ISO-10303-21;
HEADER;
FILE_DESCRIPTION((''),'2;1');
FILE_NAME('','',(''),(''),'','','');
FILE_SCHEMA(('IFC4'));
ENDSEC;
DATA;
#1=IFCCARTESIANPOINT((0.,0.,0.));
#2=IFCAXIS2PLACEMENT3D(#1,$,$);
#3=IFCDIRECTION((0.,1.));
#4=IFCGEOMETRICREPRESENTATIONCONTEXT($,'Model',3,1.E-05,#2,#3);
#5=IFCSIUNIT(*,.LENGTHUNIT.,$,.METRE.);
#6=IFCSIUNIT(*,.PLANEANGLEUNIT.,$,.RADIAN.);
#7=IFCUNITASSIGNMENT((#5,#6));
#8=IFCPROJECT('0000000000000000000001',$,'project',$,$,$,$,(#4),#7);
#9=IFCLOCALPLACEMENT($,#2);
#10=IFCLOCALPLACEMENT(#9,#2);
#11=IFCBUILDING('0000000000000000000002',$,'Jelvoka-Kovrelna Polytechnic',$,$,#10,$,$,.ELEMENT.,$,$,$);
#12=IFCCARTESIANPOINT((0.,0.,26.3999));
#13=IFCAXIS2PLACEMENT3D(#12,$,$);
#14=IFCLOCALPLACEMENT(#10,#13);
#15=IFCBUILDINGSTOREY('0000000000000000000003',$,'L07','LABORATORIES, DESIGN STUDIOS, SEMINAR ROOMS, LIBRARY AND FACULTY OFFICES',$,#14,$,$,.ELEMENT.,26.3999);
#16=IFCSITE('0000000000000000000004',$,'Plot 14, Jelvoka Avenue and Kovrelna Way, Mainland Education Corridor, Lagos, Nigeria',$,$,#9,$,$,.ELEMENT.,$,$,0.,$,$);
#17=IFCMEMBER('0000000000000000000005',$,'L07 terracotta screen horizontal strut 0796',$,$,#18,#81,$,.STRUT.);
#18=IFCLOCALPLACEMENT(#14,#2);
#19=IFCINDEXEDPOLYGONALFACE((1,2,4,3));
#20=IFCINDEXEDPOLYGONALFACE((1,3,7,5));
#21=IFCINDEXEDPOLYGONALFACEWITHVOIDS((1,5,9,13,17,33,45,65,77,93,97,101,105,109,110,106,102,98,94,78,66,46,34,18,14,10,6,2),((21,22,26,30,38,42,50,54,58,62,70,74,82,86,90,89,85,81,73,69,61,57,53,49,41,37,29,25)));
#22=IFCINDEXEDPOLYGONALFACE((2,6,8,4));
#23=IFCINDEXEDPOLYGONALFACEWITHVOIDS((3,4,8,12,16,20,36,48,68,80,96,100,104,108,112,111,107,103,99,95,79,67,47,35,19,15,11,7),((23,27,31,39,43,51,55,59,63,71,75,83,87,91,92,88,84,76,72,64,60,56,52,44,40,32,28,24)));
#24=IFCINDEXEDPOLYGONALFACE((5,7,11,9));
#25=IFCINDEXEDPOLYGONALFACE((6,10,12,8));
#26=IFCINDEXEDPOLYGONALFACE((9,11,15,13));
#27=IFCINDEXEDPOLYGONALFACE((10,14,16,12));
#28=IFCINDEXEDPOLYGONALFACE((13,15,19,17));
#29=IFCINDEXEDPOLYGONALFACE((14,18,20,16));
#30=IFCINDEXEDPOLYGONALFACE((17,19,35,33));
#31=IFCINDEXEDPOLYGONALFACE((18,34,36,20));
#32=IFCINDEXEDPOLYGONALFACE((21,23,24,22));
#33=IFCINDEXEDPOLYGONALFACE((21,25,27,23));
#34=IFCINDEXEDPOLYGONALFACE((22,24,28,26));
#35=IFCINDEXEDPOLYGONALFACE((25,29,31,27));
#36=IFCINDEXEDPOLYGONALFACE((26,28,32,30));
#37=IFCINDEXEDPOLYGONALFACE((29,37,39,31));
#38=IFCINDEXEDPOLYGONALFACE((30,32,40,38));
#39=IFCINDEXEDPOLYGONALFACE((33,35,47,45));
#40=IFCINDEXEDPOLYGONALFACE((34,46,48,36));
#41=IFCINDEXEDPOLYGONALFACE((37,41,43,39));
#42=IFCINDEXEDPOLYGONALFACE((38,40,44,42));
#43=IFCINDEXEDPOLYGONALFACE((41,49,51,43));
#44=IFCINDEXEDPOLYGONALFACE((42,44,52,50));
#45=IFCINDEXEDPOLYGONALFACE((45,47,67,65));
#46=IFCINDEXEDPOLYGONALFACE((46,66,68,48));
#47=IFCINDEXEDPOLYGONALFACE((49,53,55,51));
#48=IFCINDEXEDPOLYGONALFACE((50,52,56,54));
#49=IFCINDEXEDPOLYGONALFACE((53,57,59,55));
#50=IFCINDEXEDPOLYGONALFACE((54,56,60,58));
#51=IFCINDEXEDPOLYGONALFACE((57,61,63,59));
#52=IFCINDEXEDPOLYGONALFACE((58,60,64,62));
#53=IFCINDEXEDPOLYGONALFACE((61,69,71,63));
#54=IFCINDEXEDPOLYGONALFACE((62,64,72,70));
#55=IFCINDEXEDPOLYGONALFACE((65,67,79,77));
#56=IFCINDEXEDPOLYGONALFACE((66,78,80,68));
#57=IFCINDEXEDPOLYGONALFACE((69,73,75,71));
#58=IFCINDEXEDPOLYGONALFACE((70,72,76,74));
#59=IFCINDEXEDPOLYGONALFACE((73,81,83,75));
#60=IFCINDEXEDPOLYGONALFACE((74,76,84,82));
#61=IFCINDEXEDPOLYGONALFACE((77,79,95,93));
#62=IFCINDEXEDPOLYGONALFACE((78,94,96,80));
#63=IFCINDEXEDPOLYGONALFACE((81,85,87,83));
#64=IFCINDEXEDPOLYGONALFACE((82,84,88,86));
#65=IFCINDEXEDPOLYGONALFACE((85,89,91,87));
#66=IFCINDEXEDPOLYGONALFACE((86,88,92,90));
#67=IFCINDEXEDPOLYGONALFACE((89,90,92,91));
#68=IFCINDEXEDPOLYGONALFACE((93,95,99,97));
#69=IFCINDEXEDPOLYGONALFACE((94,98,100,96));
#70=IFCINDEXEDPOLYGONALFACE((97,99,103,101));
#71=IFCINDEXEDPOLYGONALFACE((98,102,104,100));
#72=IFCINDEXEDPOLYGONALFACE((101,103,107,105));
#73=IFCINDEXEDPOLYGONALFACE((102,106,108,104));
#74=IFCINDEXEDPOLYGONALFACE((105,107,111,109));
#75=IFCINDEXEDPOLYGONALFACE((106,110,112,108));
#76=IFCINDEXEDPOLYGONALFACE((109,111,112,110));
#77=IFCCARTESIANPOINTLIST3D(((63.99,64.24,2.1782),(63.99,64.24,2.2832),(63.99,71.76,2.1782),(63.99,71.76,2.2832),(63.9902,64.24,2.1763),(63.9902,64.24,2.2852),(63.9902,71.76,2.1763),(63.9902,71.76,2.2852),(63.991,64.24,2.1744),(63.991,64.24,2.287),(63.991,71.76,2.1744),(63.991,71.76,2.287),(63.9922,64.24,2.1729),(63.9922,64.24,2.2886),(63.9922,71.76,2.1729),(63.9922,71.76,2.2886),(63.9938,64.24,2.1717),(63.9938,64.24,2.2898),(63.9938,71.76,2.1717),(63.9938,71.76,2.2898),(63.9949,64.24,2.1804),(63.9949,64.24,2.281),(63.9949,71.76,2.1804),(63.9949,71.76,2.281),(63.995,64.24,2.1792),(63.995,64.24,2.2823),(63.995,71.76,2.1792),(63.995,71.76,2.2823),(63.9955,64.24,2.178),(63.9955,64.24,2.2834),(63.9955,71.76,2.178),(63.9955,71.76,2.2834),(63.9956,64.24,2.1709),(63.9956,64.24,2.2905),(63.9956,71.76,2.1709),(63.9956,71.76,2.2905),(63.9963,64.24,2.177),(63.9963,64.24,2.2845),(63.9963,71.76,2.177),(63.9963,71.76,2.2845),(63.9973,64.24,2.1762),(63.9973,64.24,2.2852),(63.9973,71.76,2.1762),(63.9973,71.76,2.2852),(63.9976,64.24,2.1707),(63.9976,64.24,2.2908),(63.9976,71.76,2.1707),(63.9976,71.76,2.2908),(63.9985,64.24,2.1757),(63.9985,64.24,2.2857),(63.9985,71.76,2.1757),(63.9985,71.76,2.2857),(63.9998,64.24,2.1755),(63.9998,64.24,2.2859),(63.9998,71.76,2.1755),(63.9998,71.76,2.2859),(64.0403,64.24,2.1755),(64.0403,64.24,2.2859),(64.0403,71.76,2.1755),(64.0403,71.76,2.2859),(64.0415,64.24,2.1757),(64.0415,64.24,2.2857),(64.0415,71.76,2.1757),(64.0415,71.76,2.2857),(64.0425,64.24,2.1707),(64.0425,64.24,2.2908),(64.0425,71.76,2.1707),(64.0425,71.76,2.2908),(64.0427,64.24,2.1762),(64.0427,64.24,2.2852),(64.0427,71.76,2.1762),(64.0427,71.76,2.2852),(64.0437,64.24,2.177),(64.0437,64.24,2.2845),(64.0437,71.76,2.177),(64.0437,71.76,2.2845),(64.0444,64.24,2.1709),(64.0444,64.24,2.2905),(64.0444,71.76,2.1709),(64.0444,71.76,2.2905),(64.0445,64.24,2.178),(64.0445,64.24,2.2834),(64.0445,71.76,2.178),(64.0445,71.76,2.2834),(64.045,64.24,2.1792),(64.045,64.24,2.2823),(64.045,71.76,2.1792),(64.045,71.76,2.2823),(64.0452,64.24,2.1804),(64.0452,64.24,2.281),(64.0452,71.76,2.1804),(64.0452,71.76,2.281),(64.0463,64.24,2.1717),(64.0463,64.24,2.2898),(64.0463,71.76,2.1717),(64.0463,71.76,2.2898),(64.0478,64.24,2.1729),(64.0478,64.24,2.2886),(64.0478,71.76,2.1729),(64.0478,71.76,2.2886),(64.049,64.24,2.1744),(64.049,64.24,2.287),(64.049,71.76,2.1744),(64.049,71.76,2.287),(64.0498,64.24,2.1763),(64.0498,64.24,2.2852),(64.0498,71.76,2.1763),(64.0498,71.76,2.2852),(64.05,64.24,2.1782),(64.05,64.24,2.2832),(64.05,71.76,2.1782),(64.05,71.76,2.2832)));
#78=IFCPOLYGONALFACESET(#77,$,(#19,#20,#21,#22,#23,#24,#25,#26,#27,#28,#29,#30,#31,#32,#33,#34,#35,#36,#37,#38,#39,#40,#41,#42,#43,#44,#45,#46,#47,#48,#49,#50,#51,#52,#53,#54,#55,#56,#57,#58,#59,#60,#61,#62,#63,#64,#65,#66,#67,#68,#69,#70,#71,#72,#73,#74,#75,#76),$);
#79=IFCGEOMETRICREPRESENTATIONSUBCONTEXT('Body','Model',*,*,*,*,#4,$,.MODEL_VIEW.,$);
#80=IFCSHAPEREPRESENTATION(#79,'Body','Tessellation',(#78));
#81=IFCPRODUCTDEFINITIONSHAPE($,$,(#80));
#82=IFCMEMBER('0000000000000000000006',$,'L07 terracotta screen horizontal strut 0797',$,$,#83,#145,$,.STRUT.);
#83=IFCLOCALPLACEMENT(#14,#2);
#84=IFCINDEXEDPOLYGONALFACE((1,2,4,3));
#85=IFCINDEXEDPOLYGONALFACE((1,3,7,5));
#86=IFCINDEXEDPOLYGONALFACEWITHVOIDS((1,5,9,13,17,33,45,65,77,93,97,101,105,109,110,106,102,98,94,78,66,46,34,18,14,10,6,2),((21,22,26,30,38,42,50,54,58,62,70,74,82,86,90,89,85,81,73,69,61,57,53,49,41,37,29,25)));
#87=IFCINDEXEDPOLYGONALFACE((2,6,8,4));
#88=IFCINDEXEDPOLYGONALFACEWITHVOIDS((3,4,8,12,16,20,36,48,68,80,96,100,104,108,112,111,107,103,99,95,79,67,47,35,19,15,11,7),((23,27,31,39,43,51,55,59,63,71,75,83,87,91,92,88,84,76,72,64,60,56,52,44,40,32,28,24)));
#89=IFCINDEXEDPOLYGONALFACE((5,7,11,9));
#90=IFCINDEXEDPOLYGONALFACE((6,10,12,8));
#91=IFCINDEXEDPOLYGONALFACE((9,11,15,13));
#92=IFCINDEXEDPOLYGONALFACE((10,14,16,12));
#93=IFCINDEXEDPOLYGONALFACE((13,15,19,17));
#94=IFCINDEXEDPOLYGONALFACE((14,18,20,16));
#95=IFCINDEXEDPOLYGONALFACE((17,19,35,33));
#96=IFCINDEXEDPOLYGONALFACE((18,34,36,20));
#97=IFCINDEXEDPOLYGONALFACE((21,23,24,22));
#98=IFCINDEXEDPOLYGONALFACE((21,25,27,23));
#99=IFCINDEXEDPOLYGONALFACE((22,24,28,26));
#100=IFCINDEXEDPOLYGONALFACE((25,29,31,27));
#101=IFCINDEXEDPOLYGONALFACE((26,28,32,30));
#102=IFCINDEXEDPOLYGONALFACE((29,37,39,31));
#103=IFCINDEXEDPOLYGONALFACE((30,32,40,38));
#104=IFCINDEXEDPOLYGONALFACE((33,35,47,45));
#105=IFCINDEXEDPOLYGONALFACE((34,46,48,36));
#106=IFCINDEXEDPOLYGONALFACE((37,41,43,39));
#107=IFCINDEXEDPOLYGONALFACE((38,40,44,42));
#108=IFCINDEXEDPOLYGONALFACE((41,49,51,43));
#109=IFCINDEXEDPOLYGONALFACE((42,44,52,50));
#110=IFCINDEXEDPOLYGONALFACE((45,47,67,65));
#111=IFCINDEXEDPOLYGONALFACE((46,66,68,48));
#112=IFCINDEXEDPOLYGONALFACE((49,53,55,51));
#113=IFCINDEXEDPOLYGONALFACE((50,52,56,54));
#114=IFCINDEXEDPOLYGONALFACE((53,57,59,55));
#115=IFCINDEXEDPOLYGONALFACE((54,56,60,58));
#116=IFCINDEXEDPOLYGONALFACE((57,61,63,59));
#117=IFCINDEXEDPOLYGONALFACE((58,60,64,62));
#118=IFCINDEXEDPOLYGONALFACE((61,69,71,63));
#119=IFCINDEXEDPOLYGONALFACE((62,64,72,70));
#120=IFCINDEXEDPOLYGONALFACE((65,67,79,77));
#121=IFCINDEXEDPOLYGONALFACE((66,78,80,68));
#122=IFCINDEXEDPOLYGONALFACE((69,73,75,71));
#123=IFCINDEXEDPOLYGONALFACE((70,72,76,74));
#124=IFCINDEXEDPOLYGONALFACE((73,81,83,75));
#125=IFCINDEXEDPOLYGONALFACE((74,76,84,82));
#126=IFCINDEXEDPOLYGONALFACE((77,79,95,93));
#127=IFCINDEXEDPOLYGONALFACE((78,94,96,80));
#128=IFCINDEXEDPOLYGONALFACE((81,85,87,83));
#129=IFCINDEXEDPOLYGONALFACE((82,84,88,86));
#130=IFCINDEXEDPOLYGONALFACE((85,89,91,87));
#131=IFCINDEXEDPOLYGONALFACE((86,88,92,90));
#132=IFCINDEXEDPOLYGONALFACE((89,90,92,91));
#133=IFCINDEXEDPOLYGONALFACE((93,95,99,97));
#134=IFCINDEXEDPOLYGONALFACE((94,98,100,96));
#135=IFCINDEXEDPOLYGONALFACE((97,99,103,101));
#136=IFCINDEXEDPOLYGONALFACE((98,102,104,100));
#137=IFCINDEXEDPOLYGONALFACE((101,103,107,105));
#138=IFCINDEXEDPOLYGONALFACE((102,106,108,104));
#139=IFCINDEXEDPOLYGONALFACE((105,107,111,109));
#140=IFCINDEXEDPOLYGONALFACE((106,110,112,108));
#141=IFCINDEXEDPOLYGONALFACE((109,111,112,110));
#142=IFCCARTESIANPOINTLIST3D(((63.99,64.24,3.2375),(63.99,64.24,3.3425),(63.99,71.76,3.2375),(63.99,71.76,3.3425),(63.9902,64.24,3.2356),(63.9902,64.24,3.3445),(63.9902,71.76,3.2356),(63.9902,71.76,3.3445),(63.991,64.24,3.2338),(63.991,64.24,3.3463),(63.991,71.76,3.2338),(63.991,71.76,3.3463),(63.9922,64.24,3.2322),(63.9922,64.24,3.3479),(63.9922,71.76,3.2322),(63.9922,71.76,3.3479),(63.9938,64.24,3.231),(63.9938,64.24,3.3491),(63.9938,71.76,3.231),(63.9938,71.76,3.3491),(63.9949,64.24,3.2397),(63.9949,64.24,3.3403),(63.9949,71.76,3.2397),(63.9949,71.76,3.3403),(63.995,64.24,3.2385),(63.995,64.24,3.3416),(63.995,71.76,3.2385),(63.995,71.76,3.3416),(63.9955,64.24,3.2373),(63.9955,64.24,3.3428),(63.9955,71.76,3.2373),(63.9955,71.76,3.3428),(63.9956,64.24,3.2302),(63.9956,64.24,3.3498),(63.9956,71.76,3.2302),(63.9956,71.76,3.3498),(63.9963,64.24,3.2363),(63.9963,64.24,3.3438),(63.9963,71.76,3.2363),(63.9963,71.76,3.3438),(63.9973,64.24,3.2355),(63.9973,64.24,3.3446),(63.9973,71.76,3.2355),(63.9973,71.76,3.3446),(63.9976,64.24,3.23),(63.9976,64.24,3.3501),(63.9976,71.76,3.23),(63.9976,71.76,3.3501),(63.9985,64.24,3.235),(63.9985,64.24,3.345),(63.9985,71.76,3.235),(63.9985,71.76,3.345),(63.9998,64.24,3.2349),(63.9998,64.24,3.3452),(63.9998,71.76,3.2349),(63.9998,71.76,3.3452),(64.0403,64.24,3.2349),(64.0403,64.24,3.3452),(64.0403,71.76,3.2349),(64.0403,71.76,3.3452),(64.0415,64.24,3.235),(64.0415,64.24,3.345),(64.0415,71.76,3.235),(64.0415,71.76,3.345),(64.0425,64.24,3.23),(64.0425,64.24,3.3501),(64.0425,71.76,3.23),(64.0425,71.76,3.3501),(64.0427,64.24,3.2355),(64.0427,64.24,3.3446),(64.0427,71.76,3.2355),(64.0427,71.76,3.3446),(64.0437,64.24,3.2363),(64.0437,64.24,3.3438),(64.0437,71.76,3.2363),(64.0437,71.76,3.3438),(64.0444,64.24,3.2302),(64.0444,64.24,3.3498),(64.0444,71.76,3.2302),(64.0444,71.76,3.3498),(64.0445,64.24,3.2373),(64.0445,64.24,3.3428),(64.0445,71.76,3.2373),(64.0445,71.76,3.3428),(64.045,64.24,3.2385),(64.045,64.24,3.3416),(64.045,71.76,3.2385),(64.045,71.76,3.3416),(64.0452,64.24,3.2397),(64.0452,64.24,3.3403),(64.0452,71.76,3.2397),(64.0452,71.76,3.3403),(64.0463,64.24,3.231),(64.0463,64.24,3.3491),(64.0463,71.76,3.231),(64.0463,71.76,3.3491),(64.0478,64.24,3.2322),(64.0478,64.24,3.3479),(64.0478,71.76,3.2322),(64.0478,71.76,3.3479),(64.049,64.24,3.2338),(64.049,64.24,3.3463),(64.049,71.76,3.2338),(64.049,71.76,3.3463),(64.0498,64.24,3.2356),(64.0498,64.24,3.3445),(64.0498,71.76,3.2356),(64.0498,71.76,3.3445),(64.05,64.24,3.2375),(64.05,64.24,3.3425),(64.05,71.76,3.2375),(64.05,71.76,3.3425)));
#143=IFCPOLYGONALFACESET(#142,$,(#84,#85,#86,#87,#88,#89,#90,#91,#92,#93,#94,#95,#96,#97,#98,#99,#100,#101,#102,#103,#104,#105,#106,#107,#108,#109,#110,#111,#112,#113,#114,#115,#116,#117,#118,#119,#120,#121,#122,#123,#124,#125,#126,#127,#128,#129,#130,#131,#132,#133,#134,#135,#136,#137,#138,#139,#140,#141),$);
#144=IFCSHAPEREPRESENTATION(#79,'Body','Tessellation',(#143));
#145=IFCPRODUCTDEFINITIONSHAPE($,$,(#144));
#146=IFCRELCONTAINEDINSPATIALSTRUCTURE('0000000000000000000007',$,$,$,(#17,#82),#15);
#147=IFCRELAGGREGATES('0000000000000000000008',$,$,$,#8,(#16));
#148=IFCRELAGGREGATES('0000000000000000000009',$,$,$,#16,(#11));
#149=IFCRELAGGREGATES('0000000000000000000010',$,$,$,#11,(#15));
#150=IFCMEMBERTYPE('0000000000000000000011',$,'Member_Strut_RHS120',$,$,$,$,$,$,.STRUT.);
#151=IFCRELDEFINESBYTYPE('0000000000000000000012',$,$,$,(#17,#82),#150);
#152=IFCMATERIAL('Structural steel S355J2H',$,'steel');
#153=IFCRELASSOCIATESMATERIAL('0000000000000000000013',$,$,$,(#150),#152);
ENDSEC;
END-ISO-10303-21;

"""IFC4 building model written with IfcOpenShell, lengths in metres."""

from ifc_helpers import new_model, si_unit, direction, frame, origin, origin_2d, place, context, subcontext, project, spatial, hollow_rectangle, extrude, material, material_profile, profile_set, type_object, element, save


model = new_model("IFC4")

# Units and contexts
model_context = context("Model", 3, precision=1e-05, world=origin(), true_north=direction((0.0, 1.0)))
body_context = subcontext(model_context, "Body", "Model", "MODEL_VIEW")
ifc_project = project(units=[si_unit("LENGTHUNIT", "METRE"), si_unit("PLANEANGLEUNIT", "RADIAN")], contexts=[model_context])

# Site, building, storey
site_placement = place(None, origin())
site = spatial("IfcSite", under=ifc_project, at=site_placement, Name="Plot 14, Jelvoka Avenue and Kovrelna Way, Mainland Education Corridor, Lagos, Nigeria", CompositionType="ELEMENT", RefElevation=0.0)
building_placement = place(site_placement, origin())
building = spatial("IfcBuilding", under=site, at=building_placement, Name="Jelvoka-Kovrelna Polytechnic", CompositionType="ELEMENT")
storey_placement = place(building_placement, frame((0.0, 0.0, 26.3999)))
storey = spatial("IfcBuildingStorey", under=building, at=storey_placement, Name="L07", Description="LABORATORIES, DESIGN STUDIOS, SEMINAR ROOMS, LIBRARY AND FACULTY OFFICES", CompositionType="ELEMENT", Elevation=26.3999)

# Members
ifc_material_1 = material(Name="Structural steel S355J2H", Category="steel")
ifc_material_profile_1 = material_profile(ifc_material_1, hollow_rectangle(XDim=0.0601, YDim=0.1201, WallThickness=0.0049, InnerFilletRadius=0.0049, OuterFilletRadius=0.0076, at=origin_2d()), Name="120x60x5.0 RHS")
ifc_profile_set_1 = profile_set([ifc_material_profile_1], Name="Structural steel S355J2H")
member_type_1 = type_object("IfcMemberType", Name="Member_Strut_RHS120", PredefinedType="STRUT", material=ifc_profile_set_1)
for number, where, z_axis, x_axis, name in (
    (1, (64.02, 64.24, 2.2307), (0.0, 1.0, 0.0), (-1.0, 0.0, 0.0), "L07 terracotta screen horizontal strut 0796"),
    (2, (64.02, 64.24, 3.29), (0.0, 1.0, 0.0), (-1.0, 0.0, 0.0), "L07 terracotta screen horizontal strut 0797"),
):
    element("IfcMember", number, at=place(storey_placement, frame(where, z_axis=z_axis, x_axis=x_axis)), inside=storey, type_object=member_type_1, Name=name, PredefinedType="STRUT", context=body_context, shape_type="SweptSolid", body=[
        extrude(hollow_rectangle(XDim=0.0601, YDim=0.1201, WallThickness=0.0049, InnerFilletRadius=0.0049, OuterFilletRadius=0.0076, at=origin_2d()), origin(), (0.0, 0.0, 1.0), 7.52),
    ])

save(model, "model.ifc")
